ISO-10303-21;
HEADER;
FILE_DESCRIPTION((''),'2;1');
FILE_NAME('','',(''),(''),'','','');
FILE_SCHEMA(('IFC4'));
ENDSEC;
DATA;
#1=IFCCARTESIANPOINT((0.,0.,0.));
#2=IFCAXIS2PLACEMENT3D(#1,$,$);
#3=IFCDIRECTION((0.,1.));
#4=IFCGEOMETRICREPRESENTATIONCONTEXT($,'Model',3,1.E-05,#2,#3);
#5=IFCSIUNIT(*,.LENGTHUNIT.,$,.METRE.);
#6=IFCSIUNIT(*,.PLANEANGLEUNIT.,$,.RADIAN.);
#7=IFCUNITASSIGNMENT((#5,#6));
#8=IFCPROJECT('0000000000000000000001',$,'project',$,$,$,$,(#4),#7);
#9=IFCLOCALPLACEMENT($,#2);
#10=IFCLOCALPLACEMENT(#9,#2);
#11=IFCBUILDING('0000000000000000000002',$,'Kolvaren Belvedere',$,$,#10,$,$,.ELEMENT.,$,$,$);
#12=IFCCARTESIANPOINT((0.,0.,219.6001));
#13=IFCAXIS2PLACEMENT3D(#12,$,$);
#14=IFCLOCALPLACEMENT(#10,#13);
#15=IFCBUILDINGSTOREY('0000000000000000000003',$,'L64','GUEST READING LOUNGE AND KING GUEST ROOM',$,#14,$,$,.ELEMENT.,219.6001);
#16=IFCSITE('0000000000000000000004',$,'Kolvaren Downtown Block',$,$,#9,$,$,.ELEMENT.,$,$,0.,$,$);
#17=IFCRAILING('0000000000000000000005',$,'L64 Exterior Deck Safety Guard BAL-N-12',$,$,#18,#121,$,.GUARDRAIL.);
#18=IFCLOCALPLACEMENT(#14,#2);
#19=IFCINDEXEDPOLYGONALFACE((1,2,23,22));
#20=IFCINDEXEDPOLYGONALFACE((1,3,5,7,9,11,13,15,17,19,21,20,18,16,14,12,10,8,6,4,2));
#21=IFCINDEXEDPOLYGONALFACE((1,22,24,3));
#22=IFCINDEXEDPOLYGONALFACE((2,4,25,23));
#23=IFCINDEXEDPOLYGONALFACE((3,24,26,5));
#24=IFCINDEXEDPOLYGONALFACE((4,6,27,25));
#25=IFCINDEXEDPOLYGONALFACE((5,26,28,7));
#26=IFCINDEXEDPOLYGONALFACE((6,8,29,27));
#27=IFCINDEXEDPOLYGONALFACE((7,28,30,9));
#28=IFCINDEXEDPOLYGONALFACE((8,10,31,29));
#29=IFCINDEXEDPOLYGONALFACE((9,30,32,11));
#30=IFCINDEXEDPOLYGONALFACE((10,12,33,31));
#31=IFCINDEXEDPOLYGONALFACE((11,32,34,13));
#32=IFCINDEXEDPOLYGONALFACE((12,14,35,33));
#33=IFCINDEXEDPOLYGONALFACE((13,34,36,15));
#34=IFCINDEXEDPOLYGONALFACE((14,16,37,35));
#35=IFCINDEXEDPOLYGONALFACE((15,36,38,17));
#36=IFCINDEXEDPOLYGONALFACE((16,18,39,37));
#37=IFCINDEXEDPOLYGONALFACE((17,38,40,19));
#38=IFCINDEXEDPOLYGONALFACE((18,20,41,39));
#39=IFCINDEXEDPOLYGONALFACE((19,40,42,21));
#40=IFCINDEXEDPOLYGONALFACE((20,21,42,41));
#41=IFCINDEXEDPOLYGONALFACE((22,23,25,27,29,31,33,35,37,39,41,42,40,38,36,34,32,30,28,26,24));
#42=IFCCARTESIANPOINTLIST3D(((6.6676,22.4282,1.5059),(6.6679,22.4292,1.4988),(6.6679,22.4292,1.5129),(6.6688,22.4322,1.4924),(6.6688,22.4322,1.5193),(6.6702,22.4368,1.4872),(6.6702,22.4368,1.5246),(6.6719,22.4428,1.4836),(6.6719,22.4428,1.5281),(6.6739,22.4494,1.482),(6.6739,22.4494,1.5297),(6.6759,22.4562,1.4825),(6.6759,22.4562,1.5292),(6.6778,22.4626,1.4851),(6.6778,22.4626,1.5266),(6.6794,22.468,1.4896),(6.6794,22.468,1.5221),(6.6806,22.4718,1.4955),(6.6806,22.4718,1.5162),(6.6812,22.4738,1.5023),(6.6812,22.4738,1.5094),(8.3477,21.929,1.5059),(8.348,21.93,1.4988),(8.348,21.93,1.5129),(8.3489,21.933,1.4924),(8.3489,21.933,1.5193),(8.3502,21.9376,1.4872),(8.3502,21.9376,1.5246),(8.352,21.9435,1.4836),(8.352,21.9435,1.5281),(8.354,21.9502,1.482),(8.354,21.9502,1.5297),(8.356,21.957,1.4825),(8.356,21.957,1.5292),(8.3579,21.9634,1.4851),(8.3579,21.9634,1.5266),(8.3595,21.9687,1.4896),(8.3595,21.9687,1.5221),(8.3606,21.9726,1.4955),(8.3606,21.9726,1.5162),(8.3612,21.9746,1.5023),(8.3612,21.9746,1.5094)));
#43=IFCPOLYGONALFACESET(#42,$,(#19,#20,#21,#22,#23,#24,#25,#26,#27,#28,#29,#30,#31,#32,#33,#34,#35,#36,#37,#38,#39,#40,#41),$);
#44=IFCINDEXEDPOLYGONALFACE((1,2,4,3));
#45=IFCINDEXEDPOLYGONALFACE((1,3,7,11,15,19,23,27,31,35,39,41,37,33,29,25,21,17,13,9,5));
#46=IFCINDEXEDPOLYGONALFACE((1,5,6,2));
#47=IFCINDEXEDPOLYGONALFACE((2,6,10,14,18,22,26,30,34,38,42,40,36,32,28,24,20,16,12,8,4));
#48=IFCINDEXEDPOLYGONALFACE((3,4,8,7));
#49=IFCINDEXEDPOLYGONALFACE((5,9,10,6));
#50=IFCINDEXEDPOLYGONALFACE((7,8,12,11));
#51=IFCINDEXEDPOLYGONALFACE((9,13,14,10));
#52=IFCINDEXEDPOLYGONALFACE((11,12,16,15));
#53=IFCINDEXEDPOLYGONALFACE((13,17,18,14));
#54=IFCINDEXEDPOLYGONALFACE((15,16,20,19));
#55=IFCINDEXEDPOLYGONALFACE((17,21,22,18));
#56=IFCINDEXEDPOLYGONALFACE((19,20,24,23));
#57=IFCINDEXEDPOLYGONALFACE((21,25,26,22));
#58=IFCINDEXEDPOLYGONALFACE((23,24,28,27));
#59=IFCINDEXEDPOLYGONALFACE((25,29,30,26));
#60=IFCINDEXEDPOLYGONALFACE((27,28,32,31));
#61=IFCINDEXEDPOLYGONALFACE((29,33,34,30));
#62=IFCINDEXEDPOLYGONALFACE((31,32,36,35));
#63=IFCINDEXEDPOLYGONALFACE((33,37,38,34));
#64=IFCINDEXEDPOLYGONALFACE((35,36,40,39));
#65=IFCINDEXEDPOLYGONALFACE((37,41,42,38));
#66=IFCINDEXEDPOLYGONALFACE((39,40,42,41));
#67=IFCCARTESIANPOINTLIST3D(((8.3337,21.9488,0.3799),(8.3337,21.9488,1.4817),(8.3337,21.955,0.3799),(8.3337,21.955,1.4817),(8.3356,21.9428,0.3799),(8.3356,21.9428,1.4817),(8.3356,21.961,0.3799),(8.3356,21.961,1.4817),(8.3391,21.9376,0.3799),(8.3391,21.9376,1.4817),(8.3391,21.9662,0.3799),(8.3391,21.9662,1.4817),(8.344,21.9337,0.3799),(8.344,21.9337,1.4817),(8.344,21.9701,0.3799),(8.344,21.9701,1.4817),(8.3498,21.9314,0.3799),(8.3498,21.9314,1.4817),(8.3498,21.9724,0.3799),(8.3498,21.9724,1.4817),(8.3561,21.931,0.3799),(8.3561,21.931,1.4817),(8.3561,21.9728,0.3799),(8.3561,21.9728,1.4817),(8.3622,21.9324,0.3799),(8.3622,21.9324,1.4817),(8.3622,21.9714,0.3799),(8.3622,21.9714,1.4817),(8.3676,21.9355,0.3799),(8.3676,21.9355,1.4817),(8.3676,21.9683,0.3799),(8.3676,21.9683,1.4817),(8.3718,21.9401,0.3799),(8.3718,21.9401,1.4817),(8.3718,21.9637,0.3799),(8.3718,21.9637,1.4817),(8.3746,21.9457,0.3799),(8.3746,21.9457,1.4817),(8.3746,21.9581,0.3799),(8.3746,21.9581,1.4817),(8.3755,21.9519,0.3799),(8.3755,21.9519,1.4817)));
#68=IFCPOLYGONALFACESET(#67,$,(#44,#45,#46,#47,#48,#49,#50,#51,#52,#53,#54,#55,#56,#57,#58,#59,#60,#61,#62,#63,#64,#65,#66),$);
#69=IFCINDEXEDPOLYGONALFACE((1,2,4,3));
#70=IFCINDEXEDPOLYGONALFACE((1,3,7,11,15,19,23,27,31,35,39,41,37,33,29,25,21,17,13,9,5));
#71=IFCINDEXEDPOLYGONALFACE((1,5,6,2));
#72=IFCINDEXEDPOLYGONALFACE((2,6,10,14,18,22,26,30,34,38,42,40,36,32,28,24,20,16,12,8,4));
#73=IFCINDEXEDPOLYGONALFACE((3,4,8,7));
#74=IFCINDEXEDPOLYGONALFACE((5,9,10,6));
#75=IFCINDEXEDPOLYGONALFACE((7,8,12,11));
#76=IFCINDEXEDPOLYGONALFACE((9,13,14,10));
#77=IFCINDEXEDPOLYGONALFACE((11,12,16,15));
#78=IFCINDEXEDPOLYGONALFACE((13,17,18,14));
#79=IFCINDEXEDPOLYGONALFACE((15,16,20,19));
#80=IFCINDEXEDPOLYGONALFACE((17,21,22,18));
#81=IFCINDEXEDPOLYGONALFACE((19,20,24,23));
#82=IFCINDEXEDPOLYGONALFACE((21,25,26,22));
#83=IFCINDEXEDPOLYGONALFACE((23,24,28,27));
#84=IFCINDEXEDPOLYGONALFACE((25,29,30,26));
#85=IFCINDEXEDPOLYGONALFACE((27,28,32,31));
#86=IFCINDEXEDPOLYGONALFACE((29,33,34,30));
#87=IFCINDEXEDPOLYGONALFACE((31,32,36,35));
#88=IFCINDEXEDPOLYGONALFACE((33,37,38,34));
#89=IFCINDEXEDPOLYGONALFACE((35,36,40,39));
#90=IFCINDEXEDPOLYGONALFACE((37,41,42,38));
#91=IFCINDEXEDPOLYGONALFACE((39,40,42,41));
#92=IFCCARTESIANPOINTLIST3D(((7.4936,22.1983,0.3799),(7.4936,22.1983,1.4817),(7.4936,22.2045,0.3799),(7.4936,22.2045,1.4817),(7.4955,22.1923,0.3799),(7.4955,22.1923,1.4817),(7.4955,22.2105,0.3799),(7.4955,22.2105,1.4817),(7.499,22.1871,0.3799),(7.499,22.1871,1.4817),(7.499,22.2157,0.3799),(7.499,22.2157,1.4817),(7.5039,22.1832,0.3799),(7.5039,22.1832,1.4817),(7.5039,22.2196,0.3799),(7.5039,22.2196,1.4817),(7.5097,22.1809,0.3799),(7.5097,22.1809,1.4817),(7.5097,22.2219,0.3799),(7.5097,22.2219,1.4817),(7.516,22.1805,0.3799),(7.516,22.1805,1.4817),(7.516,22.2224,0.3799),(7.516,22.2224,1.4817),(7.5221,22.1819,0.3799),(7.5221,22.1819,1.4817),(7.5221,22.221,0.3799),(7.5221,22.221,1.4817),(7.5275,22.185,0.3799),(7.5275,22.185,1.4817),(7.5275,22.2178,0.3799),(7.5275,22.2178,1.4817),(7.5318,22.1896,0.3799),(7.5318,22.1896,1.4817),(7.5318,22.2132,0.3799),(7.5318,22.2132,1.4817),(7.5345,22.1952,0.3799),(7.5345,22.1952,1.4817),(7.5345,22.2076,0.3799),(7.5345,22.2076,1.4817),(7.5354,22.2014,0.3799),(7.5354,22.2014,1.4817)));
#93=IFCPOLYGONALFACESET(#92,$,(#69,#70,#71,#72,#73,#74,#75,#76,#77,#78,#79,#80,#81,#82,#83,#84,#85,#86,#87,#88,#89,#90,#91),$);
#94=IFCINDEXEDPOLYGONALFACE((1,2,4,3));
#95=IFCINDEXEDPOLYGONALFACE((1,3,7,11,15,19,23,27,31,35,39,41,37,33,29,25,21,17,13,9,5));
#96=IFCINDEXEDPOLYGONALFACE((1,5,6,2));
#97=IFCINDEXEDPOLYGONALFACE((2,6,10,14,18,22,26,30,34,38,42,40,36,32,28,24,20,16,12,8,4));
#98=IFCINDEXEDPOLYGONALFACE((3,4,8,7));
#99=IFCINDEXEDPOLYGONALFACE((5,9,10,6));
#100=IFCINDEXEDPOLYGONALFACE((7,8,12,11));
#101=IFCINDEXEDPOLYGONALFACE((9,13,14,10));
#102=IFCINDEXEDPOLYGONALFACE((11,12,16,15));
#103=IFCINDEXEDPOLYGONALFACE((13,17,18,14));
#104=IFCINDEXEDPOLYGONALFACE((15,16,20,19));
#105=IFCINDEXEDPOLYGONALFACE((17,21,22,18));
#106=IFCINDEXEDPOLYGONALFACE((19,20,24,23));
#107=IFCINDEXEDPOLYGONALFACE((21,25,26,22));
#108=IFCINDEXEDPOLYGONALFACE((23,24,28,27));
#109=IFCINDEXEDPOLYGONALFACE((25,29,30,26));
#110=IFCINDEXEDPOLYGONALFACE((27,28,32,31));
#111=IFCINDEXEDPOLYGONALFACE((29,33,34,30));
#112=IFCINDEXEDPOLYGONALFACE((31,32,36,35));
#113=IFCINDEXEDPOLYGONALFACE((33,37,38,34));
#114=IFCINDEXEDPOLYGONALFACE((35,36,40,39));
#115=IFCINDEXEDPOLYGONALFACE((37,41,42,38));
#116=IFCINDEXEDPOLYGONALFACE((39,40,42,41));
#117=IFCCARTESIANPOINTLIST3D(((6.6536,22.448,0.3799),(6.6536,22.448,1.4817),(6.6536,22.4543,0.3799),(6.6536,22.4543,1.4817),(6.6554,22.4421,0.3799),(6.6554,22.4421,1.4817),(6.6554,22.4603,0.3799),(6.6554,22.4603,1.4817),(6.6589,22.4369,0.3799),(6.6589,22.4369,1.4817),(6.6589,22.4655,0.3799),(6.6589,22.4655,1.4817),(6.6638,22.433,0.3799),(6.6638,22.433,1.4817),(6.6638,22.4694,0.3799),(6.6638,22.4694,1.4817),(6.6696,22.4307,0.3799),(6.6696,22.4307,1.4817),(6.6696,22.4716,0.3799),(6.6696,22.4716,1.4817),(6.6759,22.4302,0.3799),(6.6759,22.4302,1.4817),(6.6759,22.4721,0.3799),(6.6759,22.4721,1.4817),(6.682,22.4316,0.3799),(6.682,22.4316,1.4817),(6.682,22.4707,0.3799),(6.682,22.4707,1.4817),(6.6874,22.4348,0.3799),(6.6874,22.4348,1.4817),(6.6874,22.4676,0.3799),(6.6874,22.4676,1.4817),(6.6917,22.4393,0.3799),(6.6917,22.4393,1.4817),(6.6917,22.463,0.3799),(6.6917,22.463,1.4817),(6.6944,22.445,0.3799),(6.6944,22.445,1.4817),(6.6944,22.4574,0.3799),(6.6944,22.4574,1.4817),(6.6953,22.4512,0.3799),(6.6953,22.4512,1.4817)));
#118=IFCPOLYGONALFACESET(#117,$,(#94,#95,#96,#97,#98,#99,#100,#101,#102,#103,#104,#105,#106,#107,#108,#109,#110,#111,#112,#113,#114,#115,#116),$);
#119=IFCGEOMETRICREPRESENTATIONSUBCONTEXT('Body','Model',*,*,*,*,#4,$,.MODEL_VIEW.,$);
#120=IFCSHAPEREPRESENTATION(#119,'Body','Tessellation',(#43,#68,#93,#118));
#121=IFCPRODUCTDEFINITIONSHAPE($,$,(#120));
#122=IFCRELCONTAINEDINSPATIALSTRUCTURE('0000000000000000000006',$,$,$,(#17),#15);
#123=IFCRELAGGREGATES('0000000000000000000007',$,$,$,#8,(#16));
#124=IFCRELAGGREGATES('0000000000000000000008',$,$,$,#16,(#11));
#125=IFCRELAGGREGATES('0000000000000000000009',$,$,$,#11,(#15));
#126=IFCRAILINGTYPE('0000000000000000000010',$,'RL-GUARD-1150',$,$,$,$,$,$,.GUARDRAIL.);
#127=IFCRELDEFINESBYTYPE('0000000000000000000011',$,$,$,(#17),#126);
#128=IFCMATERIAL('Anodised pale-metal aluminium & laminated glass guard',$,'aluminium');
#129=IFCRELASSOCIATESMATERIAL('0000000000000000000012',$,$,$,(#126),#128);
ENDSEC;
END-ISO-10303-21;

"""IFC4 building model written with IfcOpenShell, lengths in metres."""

from ifc_helpers import new_model, si_unit, direction, frame, origin, origin_2d, place, context, subcontext, project, spatial, circle, extrude, material, type_object, element, save


model = new_model("IFC4")

# Units and contexts
model_context = context("Model", 3, precision=1e-05, world=origin(), true_north=direction((0.0, 1.0)))
body_context = subcontext(model_context, "Body", "Model", "MODEL_VIEW")
ifc_project = project(units=[si_unit("LENGTHUNIT", "METRE"), si_unit("PLANEANGLEUNIT", "RADIAN")], contexts=[model_context])

# Site, building, storey
site_placement = place(None, origin())
site = spatial("IfcSite", under=ifc_project, at=site_placement, Name="Kolvaren Downtown Block", CompositionType="ELEMENT", RefElevation=0.0)
building_placement = place(site_placement, origin())
building = spatial("IfcBuilding", under=site, at=building_placement, Name="Kolvaren Belvedere", CompositionType="ELEMENT")
storey_placement = place(building_placement, frame((0.0, 0.0, 219.6001)))
storey = spatial("IfcBuildingStorey", under=building, at=storey_placement, Name="L64", Description="GUEST READING LOUNGE AND KING GUEST ROOM", CompositionType="ELEMENT", Elevation=219.6001)

# Railing
ifc_material_1 = material(Name="Anodised pale-metal aluminium & laminated glass guard", Category="aluminium")
railing_type = type_object("IfcRailingType", Name="RL-GUARD-1150", PredefinedType="GUARDRAIL", material=ifc_material_1)
railing_1_placement = place(storey_placement, frame((8.3545, 21.9519, 0.3799)))
element("IfcRailing", 1, at=railing_1_placement, inside=storey, type_object=railing_type, Name="L64 Exterior Deck Safety Guard BAL-N-12", PredefinedType="GUARDRAIL", context=body_context, shape_type="SweptSolid", body=[
    extrude(circle(Radius=0.0239, at=origin_2d()), frame((0.0, 0.0, 1.126), z_axis=(-0.958574, 0.284842, 0.0), x_axis=(-0.284842, -0.958574, 0.0)), (0.0, 0.0, 1.0), 1.7527),
    extrude(circle(Radius=0.021, at=origin_2d()), origin(), (0.0, 0.0, 1.0), 1.1018),
    extrude(circle(Radius=0.021, at=origin_2d()), frame((-0.8401, 0.2495, 0.0)), (0.0, 0.0, 1.0), 1.1018),
    extrude(circle(Radius=0.021, at=origin_2d()), frame((-1.6802, 0.4993, 0.0)), (0.0, 0.0, 1.0), 1.1018),
])

save(model, "model.ifc")
